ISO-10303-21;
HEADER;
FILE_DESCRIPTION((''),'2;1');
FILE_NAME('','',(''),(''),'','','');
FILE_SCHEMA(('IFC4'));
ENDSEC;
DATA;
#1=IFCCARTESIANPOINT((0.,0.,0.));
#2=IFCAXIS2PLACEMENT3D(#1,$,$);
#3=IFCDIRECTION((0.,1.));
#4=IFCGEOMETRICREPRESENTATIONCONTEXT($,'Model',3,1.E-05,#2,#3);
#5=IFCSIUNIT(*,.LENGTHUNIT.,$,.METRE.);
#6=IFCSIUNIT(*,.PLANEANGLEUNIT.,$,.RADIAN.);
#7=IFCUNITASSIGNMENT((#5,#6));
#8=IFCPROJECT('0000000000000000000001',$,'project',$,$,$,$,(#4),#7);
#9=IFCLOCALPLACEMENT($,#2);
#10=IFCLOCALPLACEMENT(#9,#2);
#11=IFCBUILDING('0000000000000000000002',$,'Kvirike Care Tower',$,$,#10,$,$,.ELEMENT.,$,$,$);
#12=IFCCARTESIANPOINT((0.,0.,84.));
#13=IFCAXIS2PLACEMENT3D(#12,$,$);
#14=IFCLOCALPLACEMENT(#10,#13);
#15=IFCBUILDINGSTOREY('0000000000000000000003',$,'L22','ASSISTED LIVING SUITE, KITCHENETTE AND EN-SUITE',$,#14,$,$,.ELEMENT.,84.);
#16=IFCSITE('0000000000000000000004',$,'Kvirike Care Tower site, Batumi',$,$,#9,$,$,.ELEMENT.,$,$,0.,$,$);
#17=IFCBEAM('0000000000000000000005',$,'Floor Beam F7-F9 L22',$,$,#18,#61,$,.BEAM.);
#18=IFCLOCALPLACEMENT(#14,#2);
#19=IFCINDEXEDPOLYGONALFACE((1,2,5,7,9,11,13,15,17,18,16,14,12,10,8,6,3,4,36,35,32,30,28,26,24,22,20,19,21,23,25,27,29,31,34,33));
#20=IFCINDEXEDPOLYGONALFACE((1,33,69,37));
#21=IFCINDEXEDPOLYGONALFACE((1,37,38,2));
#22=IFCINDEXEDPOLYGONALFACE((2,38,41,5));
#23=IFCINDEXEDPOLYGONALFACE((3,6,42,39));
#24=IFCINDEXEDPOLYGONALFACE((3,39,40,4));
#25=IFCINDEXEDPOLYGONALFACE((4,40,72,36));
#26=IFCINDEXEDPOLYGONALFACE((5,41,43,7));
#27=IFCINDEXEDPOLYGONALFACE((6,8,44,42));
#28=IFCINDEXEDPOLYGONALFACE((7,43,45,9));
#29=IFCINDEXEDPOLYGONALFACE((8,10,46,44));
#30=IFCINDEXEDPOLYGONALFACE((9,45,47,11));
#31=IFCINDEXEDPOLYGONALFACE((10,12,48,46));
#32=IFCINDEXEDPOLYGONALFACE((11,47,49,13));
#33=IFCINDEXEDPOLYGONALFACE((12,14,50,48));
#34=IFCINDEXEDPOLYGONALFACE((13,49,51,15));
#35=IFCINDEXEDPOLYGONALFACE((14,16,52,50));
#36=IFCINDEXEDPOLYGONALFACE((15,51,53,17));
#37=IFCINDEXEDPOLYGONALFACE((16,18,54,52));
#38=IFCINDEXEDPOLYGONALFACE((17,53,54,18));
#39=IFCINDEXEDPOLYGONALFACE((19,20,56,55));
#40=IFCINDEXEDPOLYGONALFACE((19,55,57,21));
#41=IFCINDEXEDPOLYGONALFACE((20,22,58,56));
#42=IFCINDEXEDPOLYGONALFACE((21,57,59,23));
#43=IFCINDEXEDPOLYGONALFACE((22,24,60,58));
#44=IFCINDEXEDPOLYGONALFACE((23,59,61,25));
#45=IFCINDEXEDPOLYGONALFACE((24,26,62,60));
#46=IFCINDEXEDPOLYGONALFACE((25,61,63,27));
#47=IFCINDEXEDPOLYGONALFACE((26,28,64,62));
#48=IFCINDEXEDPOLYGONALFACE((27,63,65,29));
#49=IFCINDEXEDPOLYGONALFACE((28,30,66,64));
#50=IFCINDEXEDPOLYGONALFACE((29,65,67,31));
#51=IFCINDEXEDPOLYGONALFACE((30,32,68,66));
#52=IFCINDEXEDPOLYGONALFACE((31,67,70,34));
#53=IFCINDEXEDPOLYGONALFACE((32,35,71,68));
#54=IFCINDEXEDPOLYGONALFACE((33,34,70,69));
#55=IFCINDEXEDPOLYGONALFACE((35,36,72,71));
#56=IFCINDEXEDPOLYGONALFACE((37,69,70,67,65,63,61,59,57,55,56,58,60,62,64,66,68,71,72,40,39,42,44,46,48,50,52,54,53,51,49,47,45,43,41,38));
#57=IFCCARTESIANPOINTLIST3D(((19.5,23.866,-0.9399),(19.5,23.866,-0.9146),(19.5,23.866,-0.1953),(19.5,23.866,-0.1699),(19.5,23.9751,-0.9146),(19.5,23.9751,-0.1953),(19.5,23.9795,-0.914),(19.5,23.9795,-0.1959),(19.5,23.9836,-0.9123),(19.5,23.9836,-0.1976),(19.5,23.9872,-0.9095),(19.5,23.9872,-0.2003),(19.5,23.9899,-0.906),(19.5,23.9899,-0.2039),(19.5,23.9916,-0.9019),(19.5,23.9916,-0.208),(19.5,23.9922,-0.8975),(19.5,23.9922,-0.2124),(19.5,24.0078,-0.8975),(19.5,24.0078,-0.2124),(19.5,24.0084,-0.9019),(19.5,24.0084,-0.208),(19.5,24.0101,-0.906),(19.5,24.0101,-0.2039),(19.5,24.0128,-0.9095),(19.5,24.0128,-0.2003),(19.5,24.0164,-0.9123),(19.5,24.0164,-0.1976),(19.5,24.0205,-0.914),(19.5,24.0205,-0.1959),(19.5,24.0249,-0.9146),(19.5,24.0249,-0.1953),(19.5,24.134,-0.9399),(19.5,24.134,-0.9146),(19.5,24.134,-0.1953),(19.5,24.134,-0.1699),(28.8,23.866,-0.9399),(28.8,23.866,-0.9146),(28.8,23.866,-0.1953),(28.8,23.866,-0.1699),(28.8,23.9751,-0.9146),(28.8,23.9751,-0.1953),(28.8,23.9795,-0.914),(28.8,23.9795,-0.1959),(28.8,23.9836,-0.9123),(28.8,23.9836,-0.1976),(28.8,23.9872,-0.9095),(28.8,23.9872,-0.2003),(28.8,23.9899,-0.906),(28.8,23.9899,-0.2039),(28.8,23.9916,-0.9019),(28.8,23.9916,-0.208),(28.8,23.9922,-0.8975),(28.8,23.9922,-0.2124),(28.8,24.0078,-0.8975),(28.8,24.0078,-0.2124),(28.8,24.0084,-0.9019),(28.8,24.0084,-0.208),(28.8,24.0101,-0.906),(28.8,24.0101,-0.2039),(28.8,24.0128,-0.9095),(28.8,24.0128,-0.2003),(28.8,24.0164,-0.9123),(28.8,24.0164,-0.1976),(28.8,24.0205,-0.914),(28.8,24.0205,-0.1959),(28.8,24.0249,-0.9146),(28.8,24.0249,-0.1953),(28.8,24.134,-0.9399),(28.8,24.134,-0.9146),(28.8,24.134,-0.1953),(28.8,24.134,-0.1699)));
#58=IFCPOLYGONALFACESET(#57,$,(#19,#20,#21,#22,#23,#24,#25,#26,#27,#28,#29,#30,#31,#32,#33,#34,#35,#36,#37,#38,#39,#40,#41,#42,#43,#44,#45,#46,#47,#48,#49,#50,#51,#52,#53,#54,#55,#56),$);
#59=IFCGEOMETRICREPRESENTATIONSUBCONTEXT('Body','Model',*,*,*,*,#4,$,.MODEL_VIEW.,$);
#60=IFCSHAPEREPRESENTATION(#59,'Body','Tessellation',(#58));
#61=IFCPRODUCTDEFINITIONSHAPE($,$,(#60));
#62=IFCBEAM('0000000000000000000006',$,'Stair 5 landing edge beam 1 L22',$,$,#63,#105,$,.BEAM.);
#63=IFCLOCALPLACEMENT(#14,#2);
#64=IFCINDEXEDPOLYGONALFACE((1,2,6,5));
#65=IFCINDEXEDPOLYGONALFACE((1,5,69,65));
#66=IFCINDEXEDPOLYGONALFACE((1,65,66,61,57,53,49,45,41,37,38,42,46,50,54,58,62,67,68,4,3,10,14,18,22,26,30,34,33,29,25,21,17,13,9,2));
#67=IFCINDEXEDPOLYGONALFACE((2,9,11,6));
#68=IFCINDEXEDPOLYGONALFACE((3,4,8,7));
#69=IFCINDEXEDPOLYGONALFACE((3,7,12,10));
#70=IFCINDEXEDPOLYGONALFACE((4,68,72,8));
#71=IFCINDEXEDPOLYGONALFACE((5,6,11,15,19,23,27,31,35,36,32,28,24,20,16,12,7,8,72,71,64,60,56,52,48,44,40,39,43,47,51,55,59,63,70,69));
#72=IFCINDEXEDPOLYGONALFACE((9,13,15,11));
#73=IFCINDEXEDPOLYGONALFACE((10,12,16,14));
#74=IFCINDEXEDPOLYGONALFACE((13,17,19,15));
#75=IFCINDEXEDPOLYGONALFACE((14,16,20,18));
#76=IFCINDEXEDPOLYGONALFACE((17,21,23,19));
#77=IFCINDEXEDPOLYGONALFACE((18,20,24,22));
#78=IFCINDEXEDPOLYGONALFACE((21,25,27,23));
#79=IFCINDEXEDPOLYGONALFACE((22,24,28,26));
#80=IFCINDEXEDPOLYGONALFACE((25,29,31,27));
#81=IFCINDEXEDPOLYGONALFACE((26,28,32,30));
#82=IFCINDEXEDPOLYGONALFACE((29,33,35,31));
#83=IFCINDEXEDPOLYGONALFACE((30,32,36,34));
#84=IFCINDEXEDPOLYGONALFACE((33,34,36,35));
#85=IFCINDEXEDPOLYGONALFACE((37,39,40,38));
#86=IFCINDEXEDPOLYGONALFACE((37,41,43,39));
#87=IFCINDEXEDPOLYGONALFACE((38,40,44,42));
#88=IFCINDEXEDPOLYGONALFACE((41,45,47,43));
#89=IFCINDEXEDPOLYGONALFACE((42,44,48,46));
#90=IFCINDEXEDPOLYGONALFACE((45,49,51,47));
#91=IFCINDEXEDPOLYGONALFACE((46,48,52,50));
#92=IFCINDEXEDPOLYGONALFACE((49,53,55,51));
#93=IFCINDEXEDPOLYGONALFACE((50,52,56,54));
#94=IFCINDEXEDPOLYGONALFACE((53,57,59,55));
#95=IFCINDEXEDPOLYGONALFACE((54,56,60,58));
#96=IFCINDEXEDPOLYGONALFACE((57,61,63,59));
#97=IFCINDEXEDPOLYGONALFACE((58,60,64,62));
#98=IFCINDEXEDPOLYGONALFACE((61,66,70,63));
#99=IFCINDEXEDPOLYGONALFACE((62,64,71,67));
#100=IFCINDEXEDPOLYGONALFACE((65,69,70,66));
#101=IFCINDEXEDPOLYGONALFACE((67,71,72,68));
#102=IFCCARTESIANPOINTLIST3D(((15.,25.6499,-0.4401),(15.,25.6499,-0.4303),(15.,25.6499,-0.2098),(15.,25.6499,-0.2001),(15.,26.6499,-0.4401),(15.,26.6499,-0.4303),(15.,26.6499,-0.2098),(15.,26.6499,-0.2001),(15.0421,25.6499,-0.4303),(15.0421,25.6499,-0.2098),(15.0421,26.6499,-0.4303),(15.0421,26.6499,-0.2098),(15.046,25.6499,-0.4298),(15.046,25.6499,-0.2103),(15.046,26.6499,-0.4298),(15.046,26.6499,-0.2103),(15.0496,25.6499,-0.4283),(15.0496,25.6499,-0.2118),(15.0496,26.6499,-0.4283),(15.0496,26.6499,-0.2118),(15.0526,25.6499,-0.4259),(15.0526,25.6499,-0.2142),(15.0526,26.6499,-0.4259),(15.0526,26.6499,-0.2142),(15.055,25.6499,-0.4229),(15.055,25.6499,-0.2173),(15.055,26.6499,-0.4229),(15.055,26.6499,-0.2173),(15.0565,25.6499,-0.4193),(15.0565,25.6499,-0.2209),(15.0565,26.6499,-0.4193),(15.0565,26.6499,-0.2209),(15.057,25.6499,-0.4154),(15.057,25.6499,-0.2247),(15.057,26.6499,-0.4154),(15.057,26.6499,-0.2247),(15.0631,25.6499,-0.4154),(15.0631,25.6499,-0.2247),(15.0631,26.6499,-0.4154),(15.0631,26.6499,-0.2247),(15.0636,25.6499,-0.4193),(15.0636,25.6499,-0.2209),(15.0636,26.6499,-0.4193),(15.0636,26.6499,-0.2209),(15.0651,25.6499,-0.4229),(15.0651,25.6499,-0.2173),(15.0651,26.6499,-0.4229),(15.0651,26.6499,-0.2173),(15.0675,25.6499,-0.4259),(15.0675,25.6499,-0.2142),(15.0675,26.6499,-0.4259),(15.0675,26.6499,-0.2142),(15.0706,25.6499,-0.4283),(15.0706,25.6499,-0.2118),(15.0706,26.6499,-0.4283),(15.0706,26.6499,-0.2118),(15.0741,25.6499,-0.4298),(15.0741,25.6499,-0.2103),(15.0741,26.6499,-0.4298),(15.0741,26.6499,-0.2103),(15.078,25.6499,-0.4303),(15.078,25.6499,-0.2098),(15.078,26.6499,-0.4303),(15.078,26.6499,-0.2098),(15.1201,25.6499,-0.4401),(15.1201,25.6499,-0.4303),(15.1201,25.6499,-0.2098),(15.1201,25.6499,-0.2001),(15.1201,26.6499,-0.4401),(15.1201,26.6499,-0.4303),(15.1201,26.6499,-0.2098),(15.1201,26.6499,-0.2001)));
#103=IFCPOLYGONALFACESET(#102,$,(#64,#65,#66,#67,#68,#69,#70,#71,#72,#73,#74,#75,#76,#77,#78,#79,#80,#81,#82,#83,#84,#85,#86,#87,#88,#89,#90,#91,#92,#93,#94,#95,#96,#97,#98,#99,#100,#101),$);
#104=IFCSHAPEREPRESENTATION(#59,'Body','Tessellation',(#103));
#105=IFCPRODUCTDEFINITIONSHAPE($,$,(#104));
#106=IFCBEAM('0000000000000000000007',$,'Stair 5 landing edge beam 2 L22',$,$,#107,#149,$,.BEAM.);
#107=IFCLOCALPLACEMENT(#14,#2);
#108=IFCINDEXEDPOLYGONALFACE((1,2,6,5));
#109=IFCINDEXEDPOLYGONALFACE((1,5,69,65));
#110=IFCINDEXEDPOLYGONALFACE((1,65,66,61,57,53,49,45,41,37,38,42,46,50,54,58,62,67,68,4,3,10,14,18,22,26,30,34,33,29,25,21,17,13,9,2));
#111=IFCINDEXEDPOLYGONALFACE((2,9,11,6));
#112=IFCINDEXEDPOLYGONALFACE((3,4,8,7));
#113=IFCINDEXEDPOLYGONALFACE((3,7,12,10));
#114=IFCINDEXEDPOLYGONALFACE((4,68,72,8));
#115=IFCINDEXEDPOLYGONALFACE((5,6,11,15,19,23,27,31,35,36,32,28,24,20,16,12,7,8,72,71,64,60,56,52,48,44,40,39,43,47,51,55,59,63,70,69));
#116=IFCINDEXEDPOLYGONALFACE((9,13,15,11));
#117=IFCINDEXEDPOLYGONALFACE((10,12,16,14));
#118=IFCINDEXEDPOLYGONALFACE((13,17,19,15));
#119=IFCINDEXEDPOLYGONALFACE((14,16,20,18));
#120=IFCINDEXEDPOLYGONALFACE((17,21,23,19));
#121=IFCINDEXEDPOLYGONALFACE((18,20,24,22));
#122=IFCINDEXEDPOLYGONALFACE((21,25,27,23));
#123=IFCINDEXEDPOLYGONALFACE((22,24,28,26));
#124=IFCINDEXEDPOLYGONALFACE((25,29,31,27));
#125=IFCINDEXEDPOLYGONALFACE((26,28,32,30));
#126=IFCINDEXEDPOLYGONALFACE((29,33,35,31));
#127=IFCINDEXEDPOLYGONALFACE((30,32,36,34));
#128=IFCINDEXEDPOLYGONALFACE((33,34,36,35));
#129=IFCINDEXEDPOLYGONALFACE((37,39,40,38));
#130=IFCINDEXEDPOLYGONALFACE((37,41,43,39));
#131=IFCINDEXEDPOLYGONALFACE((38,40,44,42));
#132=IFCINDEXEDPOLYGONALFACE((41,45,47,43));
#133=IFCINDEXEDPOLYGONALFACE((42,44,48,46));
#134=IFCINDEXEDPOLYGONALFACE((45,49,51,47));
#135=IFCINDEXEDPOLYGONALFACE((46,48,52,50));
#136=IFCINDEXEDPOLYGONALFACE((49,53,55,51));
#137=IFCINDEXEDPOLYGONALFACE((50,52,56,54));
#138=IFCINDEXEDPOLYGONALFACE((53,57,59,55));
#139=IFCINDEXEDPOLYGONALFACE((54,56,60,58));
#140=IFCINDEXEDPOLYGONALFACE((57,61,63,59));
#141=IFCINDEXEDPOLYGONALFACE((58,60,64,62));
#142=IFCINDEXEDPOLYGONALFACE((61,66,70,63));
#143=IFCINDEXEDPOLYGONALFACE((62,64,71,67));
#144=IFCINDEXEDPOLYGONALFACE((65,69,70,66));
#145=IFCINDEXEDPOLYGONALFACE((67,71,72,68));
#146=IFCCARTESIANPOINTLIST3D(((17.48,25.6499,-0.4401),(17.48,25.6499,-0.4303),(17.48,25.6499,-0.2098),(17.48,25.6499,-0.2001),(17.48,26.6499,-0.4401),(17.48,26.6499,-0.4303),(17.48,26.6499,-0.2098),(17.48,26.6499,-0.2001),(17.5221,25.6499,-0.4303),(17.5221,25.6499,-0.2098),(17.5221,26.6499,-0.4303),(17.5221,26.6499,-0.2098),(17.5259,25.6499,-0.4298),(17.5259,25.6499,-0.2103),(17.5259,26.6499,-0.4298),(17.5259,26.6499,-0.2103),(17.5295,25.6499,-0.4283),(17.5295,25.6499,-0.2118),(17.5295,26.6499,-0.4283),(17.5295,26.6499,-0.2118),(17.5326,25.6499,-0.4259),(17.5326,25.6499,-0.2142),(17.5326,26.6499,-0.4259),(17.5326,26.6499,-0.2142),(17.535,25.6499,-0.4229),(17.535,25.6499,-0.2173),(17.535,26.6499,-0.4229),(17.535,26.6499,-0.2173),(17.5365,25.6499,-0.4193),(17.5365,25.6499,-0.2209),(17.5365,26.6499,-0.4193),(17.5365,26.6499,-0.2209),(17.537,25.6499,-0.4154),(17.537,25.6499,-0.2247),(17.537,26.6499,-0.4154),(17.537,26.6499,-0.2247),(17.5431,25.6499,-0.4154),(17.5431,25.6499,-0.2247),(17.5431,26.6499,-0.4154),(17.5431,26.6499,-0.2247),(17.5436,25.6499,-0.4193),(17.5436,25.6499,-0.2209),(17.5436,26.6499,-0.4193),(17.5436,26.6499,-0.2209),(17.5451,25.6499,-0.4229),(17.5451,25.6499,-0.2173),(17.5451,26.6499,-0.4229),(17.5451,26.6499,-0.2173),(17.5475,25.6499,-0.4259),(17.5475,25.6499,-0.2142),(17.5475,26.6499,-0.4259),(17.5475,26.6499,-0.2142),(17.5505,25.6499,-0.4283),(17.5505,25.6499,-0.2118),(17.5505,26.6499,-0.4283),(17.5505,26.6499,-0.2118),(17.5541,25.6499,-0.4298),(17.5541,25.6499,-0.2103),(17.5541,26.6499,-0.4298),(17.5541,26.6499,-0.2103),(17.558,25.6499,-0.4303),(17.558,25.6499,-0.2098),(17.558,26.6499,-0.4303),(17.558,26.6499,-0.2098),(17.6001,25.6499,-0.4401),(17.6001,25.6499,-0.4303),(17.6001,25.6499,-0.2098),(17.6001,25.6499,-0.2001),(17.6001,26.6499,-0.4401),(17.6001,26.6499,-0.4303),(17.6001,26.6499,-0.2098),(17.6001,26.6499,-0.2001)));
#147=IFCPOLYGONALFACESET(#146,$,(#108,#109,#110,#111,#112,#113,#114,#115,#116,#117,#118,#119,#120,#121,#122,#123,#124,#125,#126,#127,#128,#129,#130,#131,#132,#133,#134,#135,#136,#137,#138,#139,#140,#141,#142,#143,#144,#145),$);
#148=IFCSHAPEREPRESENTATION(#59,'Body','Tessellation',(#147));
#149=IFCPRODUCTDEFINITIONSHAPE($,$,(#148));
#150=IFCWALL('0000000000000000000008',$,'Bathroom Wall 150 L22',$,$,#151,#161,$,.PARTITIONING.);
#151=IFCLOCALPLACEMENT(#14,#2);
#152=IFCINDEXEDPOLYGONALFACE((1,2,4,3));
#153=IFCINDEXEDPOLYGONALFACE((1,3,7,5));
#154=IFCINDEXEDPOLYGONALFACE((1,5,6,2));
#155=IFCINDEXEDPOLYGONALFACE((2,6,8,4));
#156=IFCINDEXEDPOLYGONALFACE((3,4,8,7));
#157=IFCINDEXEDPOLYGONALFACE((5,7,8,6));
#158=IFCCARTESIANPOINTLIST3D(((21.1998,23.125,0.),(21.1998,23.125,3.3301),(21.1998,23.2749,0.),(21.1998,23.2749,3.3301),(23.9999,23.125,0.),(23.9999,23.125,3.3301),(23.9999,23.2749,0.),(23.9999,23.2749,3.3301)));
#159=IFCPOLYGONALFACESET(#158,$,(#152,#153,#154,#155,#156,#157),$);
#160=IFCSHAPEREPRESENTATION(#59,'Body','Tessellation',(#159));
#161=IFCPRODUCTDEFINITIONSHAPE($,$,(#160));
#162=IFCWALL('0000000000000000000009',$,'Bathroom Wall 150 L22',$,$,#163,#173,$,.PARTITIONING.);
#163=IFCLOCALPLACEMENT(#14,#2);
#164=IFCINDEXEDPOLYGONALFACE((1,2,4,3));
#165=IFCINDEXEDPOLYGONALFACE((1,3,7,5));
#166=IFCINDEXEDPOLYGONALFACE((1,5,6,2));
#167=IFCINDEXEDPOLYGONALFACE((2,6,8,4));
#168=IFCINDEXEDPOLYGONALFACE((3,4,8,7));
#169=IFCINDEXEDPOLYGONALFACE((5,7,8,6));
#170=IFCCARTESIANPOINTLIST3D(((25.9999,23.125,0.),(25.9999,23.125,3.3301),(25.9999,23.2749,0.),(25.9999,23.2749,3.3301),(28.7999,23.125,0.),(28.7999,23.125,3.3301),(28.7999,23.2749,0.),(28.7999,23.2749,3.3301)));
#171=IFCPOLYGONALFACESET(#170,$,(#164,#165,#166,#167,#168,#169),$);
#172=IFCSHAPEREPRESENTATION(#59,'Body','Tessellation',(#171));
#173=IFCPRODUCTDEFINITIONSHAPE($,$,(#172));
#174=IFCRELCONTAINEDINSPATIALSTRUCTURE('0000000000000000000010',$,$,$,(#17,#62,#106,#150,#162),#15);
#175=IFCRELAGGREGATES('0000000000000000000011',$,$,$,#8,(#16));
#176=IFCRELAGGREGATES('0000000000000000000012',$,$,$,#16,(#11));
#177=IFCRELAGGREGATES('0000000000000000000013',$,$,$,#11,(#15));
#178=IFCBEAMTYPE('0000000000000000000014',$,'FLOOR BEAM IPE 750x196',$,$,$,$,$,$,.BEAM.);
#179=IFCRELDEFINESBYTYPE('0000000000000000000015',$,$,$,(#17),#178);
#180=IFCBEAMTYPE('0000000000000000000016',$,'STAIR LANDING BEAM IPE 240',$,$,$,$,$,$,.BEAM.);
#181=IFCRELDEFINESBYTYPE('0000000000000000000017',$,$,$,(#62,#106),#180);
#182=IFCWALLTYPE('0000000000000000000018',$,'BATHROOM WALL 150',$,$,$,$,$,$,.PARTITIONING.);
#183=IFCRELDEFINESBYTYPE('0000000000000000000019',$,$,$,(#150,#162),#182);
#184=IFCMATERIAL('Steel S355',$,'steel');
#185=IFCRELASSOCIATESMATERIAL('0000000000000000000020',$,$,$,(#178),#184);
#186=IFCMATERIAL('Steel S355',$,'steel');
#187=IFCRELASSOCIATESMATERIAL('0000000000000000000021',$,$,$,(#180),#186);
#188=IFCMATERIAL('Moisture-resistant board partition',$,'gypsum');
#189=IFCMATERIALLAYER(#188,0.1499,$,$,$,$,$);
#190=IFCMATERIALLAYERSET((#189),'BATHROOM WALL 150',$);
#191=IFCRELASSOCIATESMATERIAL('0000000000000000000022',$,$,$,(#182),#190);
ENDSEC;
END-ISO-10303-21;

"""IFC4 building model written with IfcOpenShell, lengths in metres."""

from ifc_helpers import new_model, si_unit, direction, frame, frame_2d, origin, origin_2d, place, context, subcontext, project, spatial, rectangle, i_section, extrude, material, layer, layer_set, material_profile, profile_set, type_object, element, save


model = new_model("IFC4")

# Units and contexts
model_context = context("Model", 3, precision=1e-05, world=origin(), true_north=direction((0.0, 1.0)))
body_context = subcontext(model_context, "Body", "Model", "MODEL_VIEW")
ifc_project = project(units=[si_unit("LENGTHUNIT", "METRE"), si_unit("PLANEANGLEUNIT", "RADIAN")], contexts=[model_context])

# Site, building, storey
site_placement = place(None, origin())
site = spatial("IfcSite", under=ifc_project, at=site_placement, Name="Kvirike Care Tower site, Batumi", CompositionType="ELEMENT", RefElevation=0.0)
building_placement = place(site_placement, origin())
building = spatial("IfcBuilding", under=site, at=building_placement, Name="Kvirike Care Tower", CompositionType="ELEMENT")
storey_placement = place(building_placement, frame((0.0, 0.0, 84.0)))
storey = spatial("IfcBuildingStorey", under=building, at=storey_placement, Name="L22", Description="ASSISTED LIVING SUITE, KITCHENETTE AND EN-SUITE", CompositionType="ELEMENT", Elevation=84.0)

# Beams
ifc_material_1 = material(Name="Steel S355", Category="steel")
ifc_material_profile_1 = material_profile(ifc_material_1, i_section(OverallWidth=0.2681, OverallDepth=0.77, WebThickness=0.0156, FlangeThickness=0.0254, FilletRadius=0.0171, at=origin_2d()), Name="IPE 750x196")
ifc_profile_set_1 = profile_set([ifc_material_profile_1], Name="Steel S355")
beam_type_1 = type_object("IfcBeamType", Name="FLOOR BEAM IPE 750x196", PredefinedType="BEAM", material=ifc_profile_set_1)
beam_placement = place(storey_placement, frame((19.5, 24.0, -0.5549), z_axis=(1.0, 0.0, 0.0), x_axis=(0.0, 1.0, 0.0)))
element("IfcBeam", 1, at=beam_placement, inside=storey, type_object=beam_type_1, Name="Floor Beam F7-F9 L22", PredefinedType="BEAM", context=body_context, shape_type="SweptSolid", body=[
    extrude(i_section(OverallWidth=0.2681, OverallDepth=0.77, WebThickness=0.0156, FlangeThickness=0.0254, FilletRadius=0.0171, at=origin_2d()), origin(), (0.0, 0.0, 1.0), 9.3),
])
ifc_material_2 = material(Name="Steel S355", Category="steel")
ifc_material_profile_2 = material_profile(ifc_material_2, i_section(OverallWidth=0.1201, OverallDepth=0.24, WebThickness=0.0061, FlangeThickness=0.0098, FilletRadius=0.0149, at=origin_2d()), Name="IPE 240")
ifc_profile_set_2 = profile_set([ifc_material_profile_2], Name="Steel S355")
beam_type_2 = type_object("IfcBeamType", Name="STAIR LANDING BEAM IPE 240", PredefinedType="BEAM", material=ifc_profile_set_2)
for number, where, z_axis, x_axis, name in (
    (2, (15.0601, 25.6499, -0.3201), (0.0, 1.0, 0.0), (-1.0, 0.0, 0.0), "Stair 5 landing edge beam 1 L22"),
    (3, (17.54, 25.6499, -0.3201), (0.0, 1.0, 0.0), (-1.0, 0.0, 0.0), "Stair 5 landing edge beam 2 L22"),
):
    element("IfcBeam", number, at=place(storey_placement, frame(where, z_axis=z_axis, x_axis=x_axis)), inside=storey, type_object=beam_type_2, Name=name, PredefinedType="BEAM", context=body_context, shape_type="SweptSolid", body=[
        extrude(i_section(OverallWidth=0.1201, OverallDepth=0.24, WebThickness=0.0061, FlangeThickness=0.0098, FilletRadius=0.0149, at=origin_2d()), origin(), (0.0, 0.0, 1.0), 1.0),
    ])

# Walls
ifc_material_3 = material(Name="Moisture-resistant board partition", Category="gypsum")
ifc_layer_1 = layer(ifc_material_3, 0.1499)
ifc_layer_set_1 = layer_set([ifc_layer_1], Name="BATHROOM WALL 150")
wall_type_1 = type_object("IfcWallType", Name="BATHROOM WALL 150", PredefinedType="PARTITIONING", material=ifc_layer_set_1)
for number, where, z_axis, x_axis, name in (
    (4, (21.2, 23.2, 0.0), (0.0, 0.0, 1.0), (1.0, 0.0, 0.0), "Bathroom Wall 150 L22"),
    (5, (26.0, 23.2, 0.0), (0.0, 0.0, 1.0), (1.0, 0.0, 0.0), "Bathroom Wall 150 L22"),
):
    element("IfcWall", number, at=place(storey_placement, frame(where, z_axis=z_axis, x_axis=x_axis)), inside=storey, type_object=wall_type_1, Name=name, PredefinedType="PARTITIONING", context=body_context, shape_type="SweptSolid", body=[
        extrude(rectangle(XDim=2.8, YDim=0.1499, at=frame_2d((1.3999, 0.0))), origin(), (0.0, 0.0, 1.0), 3.3301),
    ])

save(model, "model.ifc")
